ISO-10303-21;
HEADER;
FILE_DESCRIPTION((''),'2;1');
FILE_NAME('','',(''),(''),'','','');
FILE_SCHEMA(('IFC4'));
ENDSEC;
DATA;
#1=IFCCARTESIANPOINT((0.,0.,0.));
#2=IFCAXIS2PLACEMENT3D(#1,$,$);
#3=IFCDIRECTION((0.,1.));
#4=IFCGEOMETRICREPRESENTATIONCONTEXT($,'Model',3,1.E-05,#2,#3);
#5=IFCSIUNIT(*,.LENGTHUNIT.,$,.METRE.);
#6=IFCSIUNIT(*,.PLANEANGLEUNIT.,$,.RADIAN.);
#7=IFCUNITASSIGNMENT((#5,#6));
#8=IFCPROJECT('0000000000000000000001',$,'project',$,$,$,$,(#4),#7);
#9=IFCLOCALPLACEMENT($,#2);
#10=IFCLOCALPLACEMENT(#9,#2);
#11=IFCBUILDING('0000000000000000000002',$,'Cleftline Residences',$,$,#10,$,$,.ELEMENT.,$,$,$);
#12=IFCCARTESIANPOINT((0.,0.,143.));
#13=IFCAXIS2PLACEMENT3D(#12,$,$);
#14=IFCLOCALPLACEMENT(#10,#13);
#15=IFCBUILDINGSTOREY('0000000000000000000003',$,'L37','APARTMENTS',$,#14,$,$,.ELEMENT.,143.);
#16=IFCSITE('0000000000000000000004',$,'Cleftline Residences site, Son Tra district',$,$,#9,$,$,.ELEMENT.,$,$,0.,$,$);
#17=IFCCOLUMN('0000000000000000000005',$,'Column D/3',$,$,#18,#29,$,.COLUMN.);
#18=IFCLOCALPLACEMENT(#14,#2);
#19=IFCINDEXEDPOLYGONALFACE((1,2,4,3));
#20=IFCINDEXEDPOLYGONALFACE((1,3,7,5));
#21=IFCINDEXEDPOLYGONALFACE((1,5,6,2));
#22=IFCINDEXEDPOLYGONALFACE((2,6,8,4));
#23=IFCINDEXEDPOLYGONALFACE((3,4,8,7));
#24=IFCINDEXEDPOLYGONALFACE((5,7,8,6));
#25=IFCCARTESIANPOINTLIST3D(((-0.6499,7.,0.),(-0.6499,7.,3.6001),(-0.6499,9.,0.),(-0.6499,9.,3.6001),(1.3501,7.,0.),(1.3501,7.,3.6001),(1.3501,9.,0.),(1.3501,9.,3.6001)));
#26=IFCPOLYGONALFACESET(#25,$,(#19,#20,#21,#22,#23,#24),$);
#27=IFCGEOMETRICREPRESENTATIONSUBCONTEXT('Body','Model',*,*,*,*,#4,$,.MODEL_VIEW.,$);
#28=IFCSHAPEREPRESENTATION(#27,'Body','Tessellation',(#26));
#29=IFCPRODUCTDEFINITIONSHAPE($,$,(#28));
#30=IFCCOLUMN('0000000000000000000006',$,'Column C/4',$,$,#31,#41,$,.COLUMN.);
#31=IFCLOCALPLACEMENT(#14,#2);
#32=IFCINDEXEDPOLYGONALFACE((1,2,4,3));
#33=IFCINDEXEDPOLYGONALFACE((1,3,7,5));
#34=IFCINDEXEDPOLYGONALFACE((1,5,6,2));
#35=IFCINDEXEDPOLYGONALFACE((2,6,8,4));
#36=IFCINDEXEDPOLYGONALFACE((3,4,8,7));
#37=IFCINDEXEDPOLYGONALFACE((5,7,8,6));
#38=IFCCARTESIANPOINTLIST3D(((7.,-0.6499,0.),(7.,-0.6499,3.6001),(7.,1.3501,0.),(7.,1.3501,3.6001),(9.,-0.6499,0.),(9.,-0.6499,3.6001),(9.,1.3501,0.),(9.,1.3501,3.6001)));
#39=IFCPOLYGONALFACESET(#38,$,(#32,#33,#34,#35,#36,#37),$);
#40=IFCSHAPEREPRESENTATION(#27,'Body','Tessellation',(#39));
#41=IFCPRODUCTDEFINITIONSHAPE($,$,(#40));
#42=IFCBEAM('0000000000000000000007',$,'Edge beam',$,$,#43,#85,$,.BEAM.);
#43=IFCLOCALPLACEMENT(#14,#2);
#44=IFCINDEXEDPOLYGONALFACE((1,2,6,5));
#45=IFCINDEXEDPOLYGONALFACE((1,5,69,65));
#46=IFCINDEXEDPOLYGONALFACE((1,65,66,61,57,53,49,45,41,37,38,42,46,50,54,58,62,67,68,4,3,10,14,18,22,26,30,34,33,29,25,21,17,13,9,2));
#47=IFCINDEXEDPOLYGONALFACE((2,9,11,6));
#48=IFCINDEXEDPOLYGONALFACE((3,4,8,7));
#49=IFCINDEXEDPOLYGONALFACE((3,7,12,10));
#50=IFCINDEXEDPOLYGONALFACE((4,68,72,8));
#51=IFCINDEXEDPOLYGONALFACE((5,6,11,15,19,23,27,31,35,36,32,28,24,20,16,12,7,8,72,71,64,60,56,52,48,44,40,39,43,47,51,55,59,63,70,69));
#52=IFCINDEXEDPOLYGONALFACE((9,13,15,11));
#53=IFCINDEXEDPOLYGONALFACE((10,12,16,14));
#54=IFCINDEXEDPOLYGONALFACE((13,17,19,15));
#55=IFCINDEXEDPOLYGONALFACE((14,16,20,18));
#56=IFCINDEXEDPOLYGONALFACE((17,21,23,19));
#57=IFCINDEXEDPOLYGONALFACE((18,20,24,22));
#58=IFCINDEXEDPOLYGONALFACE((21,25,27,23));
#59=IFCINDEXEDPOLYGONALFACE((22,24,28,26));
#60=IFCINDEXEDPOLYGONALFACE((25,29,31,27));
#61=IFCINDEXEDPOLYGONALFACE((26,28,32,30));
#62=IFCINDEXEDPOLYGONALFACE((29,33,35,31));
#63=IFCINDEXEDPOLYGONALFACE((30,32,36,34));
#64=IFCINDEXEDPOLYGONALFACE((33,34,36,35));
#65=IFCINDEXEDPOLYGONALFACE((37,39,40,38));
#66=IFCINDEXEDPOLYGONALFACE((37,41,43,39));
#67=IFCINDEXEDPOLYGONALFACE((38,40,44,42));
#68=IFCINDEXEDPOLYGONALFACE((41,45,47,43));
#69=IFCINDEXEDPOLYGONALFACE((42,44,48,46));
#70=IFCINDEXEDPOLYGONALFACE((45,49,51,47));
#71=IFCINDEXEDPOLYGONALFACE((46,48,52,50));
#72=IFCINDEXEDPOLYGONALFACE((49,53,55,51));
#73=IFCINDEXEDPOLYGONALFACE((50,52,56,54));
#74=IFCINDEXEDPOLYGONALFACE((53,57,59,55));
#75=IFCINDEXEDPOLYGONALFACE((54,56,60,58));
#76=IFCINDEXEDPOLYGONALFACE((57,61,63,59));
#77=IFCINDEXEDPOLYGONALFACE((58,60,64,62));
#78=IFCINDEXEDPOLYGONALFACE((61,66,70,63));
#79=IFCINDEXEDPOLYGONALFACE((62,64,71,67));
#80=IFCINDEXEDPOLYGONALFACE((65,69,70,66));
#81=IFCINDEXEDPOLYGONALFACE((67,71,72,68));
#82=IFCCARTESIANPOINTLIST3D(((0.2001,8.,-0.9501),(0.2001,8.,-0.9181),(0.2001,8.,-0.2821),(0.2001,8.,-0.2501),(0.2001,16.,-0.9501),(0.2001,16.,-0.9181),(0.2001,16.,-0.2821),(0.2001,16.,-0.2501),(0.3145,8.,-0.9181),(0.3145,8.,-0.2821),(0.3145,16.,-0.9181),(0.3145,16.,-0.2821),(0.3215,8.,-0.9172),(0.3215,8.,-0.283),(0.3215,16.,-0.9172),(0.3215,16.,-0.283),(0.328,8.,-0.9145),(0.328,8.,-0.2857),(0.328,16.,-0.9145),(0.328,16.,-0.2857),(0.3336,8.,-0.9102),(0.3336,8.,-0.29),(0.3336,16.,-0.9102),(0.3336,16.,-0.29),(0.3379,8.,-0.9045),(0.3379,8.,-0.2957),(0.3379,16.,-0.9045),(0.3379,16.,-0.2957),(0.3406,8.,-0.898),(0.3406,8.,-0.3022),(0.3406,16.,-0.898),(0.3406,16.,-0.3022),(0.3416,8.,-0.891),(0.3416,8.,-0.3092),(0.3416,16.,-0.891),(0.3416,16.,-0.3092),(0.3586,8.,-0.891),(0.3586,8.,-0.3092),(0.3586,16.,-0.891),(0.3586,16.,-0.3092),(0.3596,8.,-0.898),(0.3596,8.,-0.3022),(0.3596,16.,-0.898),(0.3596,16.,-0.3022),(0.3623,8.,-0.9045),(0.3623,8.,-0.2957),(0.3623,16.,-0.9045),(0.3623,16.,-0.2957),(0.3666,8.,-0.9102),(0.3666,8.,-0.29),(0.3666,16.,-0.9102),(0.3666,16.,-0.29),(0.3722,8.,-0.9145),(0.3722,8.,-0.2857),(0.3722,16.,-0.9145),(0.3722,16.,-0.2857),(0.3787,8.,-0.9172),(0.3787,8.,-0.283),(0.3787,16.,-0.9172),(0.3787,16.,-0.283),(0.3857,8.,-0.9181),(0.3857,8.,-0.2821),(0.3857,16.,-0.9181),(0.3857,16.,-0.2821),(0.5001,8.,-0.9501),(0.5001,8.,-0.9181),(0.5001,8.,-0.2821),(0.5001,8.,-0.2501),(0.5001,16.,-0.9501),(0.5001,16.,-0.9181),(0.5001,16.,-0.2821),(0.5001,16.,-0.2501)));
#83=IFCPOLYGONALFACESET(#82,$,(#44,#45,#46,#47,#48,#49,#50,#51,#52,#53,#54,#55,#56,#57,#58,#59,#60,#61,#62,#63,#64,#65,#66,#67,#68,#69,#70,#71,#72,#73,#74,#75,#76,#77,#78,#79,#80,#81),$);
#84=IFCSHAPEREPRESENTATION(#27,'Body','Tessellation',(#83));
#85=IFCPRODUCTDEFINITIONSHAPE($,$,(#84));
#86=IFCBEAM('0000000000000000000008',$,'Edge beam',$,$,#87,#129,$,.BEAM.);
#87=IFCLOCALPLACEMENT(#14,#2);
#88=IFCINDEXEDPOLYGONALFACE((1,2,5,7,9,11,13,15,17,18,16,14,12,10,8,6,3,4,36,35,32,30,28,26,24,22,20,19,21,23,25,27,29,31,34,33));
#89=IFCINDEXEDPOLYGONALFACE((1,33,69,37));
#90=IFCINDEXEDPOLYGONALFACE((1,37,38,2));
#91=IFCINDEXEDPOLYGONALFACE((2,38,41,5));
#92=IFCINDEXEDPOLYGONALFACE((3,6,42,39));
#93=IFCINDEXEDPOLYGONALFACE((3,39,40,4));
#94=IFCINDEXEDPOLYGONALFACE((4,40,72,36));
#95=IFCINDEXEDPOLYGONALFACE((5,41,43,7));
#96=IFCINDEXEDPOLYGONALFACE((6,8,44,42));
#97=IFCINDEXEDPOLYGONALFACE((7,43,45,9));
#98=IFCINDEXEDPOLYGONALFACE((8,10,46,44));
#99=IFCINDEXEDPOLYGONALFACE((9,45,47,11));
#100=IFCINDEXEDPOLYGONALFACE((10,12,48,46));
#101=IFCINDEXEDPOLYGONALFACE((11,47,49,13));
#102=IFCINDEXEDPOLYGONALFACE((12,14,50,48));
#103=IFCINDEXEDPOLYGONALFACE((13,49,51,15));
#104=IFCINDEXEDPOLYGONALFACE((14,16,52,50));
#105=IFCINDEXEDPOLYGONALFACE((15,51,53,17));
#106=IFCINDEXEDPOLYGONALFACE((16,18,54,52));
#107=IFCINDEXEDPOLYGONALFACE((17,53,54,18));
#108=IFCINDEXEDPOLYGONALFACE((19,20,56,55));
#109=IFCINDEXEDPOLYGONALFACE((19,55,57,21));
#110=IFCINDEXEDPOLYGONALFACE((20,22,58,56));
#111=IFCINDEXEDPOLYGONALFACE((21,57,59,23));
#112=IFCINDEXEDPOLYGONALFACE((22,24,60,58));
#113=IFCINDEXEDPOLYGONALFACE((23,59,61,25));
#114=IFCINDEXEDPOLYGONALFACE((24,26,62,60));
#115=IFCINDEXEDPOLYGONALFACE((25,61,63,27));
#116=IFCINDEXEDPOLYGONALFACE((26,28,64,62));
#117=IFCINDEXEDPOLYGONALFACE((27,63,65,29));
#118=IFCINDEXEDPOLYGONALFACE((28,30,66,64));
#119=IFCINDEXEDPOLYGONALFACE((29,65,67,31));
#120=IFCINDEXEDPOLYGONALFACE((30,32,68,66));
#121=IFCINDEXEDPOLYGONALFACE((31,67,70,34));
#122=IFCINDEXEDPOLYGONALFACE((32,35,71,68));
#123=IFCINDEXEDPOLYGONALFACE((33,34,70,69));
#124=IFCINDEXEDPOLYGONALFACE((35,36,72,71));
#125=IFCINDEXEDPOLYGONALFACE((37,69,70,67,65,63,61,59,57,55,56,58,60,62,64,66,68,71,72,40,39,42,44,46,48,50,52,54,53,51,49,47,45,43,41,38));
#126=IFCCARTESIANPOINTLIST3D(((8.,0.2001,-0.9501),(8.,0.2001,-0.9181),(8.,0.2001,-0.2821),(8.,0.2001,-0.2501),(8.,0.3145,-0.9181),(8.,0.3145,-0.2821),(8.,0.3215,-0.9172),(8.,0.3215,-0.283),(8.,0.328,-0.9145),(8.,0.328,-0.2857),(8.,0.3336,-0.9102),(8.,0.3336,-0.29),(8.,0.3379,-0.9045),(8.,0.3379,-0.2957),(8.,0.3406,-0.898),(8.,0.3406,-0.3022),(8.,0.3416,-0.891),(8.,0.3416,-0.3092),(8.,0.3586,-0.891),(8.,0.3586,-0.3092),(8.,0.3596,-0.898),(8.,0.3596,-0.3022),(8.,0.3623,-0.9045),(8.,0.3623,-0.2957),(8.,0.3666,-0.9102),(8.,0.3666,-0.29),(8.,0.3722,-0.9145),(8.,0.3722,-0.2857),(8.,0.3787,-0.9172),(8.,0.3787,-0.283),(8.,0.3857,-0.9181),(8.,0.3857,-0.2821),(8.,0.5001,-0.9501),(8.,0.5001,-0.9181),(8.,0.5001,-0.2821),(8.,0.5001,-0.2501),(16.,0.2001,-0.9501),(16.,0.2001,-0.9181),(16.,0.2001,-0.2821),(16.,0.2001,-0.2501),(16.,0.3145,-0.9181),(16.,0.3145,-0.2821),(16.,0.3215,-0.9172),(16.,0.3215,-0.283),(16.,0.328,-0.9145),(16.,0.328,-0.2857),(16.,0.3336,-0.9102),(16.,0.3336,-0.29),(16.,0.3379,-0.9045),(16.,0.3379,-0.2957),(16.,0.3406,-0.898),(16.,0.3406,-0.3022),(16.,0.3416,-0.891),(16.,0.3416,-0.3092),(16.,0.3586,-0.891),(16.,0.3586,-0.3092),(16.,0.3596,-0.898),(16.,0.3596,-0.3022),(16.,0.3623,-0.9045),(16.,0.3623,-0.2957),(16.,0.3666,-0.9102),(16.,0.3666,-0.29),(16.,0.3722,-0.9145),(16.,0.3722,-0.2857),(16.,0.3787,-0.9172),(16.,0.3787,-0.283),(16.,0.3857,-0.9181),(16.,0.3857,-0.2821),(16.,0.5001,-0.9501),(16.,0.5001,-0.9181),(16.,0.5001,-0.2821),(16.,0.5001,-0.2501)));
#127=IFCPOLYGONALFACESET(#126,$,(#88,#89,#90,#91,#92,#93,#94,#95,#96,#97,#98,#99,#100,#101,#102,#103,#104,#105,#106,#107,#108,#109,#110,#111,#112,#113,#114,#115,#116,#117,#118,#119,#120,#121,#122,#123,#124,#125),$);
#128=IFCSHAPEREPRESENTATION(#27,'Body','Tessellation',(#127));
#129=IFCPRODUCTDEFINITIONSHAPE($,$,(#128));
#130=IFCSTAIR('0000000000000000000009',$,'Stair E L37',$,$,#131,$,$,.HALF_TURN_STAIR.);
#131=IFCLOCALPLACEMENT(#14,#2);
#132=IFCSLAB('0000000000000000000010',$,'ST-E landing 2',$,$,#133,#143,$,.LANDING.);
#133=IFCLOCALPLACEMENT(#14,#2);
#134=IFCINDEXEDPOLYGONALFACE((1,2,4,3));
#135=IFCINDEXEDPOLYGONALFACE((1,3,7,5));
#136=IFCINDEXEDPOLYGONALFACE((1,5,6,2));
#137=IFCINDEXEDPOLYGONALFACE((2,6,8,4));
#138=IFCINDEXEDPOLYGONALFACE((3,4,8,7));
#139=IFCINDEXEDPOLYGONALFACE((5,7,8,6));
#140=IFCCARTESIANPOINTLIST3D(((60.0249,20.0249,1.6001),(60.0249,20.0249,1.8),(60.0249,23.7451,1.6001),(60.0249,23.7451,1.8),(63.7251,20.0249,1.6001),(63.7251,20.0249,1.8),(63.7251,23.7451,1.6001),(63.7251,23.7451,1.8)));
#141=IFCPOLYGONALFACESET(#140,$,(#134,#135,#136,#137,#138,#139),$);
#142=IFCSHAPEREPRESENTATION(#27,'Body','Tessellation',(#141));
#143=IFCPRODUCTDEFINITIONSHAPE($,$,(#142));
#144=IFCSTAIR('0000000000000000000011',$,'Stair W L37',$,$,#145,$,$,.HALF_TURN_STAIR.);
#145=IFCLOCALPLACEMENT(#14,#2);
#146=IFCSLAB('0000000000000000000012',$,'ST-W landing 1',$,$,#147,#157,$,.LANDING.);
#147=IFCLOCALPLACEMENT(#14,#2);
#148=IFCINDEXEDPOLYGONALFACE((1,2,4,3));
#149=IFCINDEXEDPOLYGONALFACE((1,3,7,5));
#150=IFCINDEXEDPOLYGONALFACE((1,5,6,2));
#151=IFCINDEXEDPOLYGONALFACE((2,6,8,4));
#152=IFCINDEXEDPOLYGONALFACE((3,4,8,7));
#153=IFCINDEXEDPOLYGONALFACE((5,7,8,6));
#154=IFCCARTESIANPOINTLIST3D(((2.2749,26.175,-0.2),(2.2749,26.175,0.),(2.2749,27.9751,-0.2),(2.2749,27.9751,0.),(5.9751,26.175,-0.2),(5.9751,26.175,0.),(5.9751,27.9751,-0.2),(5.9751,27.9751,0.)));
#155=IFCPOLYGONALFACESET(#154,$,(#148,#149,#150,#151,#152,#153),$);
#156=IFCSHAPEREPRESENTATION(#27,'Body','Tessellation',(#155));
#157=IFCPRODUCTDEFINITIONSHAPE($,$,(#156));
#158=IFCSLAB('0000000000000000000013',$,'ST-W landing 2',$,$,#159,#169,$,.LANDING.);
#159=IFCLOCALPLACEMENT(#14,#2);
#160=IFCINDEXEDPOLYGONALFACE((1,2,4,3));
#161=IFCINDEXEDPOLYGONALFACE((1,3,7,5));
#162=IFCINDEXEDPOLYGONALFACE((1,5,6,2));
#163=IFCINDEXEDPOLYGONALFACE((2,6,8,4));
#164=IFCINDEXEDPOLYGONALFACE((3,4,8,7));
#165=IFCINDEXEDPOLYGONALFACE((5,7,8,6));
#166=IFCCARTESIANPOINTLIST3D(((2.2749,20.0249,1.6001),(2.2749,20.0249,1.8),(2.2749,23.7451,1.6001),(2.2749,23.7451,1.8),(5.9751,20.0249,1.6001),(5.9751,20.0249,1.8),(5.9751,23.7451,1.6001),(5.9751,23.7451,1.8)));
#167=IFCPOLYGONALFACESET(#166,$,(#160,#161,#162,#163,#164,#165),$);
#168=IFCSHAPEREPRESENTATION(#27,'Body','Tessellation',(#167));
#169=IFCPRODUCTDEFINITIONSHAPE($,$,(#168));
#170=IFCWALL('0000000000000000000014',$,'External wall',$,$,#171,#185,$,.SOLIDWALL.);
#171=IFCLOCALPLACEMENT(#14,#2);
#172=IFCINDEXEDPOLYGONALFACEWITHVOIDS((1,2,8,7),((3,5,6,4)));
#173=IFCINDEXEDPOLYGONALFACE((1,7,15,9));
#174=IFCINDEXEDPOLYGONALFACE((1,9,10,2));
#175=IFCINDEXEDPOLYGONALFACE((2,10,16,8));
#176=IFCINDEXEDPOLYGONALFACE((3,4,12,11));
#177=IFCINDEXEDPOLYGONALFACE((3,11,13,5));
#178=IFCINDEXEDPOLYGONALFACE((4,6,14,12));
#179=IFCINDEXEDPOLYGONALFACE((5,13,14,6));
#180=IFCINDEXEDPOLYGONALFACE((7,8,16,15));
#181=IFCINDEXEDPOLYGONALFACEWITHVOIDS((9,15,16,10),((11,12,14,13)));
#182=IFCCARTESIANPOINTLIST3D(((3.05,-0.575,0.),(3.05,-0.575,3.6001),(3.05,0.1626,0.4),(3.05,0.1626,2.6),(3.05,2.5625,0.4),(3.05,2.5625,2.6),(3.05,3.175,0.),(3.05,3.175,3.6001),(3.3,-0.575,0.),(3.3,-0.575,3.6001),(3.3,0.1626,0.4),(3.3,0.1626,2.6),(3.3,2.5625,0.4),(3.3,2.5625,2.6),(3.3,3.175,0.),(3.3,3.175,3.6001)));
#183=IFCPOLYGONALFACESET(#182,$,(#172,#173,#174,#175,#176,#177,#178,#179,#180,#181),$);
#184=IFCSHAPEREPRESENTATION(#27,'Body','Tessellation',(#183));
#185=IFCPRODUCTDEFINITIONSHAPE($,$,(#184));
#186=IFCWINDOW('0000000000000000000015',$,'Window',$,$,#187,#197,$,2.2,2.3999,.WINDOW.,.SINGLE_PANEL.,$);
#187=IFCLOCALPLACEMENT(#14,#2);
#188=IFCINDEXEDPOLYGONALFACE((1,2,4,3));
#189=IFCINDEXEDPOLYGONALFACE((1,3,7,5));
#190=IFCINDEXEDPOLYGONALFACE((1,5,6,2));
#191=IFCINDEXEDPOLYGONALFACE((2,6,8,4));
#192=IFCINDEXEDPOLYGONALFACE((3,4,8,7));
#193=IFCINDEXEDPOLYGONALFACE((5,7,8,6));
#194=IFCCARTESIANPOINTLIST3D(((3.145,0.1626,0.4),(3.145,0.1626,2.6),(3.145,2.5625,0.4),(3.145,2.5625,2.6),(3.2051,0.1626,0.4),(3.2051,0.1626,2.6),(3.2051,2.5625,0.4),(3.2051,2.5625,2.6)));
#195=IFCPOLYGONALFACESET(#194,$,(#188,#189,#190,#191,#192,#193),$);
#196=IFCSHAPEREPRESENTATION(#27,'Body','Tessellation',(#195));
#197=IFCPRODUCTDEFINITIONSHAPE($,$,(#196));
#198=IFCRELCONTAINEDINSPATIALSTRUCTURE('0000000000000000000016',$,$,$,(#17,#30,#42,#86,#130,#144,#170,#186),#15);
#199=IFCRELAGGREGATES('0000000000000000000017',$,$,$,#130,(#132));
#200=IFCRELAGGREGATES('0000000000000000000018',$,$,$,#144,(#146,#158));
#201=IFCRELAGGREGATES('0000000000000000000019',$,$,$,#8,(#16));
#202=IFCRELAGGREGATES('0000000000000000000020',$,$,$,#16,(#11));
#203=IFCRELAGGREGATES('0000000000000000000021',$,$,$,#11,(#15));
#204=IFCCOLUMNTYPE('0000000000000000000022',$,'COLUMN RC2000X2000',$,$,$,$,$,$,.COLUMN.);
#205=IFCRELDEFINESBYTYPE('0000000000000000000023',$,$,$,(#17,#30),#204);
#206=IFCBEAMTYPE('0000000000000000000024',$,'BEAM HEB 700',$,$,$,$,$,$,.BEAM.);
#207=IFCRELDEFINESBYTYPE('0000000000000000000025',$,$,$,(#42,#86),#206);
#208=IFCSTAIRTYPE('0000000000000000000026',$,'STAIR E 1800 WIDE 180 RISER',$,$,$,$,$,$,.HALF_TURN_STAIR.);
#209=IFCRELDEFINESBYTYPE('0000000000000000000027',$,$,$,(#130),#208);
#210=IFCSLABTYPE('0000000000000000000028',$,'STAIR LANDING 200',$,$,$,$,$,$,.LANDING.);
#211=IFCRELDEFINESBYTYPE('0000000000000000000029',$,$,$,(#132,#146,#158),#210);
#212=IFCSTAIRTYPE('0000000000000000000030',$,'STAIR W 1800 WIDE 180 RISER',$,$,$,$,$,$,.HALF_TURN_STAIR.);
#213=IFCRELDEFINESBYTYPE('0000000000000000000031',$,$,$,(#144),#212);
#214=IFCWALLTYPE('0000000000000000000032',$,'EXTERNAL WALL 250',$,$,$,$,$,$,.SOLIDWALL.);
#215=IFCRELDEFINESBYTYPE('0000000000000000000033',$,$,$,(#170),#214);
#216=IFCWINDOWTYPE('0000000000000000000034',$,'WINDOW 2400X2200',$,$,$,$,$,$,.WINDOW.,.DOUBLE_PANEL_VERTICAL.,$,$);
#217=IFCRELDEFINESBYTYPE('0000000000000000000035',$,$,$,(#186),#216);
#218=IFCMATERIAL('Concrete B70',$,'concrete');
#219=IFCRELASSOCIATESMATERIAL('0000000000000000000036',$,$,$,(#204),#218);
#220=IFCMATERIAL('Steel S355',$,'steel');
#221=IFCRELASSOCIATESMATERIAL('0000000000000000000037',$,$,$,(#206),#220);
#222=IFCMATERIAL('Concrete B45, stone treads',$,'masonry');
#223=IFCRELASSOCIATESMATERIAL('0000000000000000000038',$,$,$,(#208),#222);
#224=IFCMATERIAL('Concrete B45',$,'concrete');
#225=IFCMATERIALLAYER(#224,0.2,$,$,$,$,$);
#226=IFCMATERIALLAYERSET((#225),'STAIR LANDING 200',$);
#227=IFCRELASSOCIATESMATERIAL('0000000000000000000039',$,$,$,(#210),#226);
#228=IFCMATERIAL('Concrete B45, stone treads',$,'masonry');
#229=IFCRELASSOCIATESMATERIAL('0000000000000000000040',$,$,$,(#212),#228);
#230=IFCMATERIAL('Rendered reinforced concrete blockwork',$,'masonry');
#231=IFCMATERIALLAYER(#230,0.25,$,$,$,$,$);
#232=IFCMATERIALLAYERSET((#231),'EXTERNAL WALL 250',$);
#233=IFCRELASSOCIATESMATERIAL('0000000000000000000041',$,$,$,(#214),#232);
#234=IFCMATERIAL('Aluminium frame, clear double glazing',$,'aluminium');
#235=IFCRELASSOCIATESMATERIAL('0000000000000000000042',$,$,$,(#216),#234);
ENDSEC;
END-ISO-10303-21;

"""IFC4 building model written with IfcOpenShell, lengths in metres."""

from ifc_helpers import new_model, si_unit, direction, frame, frame_2d, origin, origin_2d, place, context, subcontext, project, spatial, polyline, rectangle, i_section, outline, extrude, material, layer, layer_set, material_profile, profile_set, type_object, element, fill, aggregate, save


model = new_model("IFC4")

# Units and contexts
model_context = context("Model", 3, precision=1e-05, world=origin(), true_north=direction((0.0, 1.0)))
body_context = subcontext(model_context, "Body", "Model", "MODEL_VIEW")
ifc_project = project(units=[si_unit("LENGTHUNIT", "METRE"), si_unit("PLANEANGLEUNIT", "RADIAN")], contexts=[model_context])

# Site, building, storey
site_placement = place(None, origin())
site = spatial("IfcSite", under=ifc_project, at=site_placement, Name="Cleftline Residences site, Son Tra district", CompositionType="ELEMENT", RefElevation=0.0)
building_placement = place(site_placement, origin())
building = spatial("IfcBuilding", under=site, at=building_placement, Name="Cleftline Residences", CompositionType="ELEMENT")
storey_placement = place(building_placement, frame((0.0, 0.0, 143.0)))
storey = spatial("IfcBuildingStorey", under=building, at=storey_placement, Name="L37", Description="APARTMENTS", CompositionType="ELEMENT", Elevation=143.0)

# Columns
ifc_material_1 = material(Name="Concrete B70", Category="concrete")
ifc_material_profile_1 = material_profile(ifc_material_1, rectangle(XDim=2.0, YDim=2.0, at=origin_2d()))
ifc_profile_set_1 = profile_set([ifc_material_profile_1], Name="Concrete B70")
column_type = type_object("IfcColumnType", Name="COLUMN RC2000X2000", PredefinedType="COLUMN", material=ifc_profile_set_1)
for number, where, z_axis, x_axis, name in (
    (1, (0.3501, 8.0, 0.0), (0.0, 0.0, 1.0), (1.0, 0.0, 0.0), "Column D/3"),
    (2, (8.0, 0.3501, 0.0), (0.0, 0.0, 1.0), (1.0, 0.0, 0.0), "Column C/4"),
):
    element("IfcColumn", number, at=place(storey_placement, frame(where, z_axis=z_axis, x_axis=x_axis)), inside=storey, type_object=column_type, Name=name, PredefinedType="COLUMN", context=body_context, shape_type="SweptSolid", body=[
        extrude(rectangle(XDim=2.0, YDim=2.0, at=origin_2d()), origin(), (0.0, 0.0, 1.0), 3.6001),
    ])

# Beams
ifc_material_2 = material(Name="Steel S355", Category="steel")
ifc_material_profile_2 = material_profile(ifc_material_2, i_section(OverallWidth=0.3, OverallDepth=0.7, WebThickness=0.0171, FlangeThickness=0.032, FilletRadius=0.0271, at=origin_2d()))
ifc_profile_set_2 = profile_set([ifc_material_profile_2], Name="Steel S355")
beam_type = type_object("IfcBeamType", Name="BEAM HEB 700", PredefinedType="BEAM", material=ifc_profile_set_2)
for number, where, z_axis, x_axis, name in (
    (3, (0.3501, 8.0, -0.6001), (0.0, 1.0, 0.0), (-1.0, 0.0, 0.0), "Edge beam"),
    (4, (8.0, 0.3501, -0.6001), (1.0, 0.0, 0.0), (0.0, 1.0, 0.0), "Edge beam"),
):
    element("IfcBeam", number, at=place(storey_placement, frame(where, z_axis=z_axis, x_axis=x_axis)), inside=storey, type_object=beam_type, Name=name, PredefinedType="BEAM", context=body_context, shape_type="SweptSolid", body=[
        extrude(i_section(OverallWidth=0.3, OverallDepth=0.7, WebThickness=0.0171, FlangeThickness=0.032, FilletRadius=0.0271, at=origin_2d()), origin(), (0.0, 0.0, 1.0), 8.0),
    ])

# Stair, slab
ifc_material_3 = material(Name="Concrete B45, stone treads", Category="masonry")
stair_type_1 = type_object("IfcStairType", Name="STAIR E 1800 WIDE 180 RISER", PredefinedType="HALF_TURN_STAIR", material=ifc_material_3)
stair_1_placement = place(storey_placement, origin())
stair_1 = element("IfcStair", 5, at=stair_1_placement, inside=storey, type_object=stair_type_1, Name="Stair E L37", PredefinedType="HALF_TURN_STAIR")
ifc_material_4 = material(Name="Concrete B45", Category="concrete")
ifc_layer_1 = layer(ifc_material_4, 0.2)
ifc_layer_set_1 = layer_set([ifc_layer_1], Name="STAIR LANDING 200")
slab_type = type_object("IfcSlabType", Name="STAIR LANDING 200", PredefinedType="LANDING", material=ifc_layer_set_1)
slab_1_placement = place(storey_placement, frame((0.0, 0.0, 1.6001)))
slab_1 = element("IfcSlab", 6, at=slab_1_placement, type_object=slab_type, Name="ST-E landing 2", PredefinedType="LANDING", context=body_context, shape_type="SweptSolid", body=[
    extrude(outline(polyline([(60.0249, 20.0249), (63.7251, 20.0249), (63.7251, 23.7451), (60.0249, 23.7451), (60.0249, 20.0249)])), origin(), (0.0, 0.0, 1.0), 0.2),
])
aggregate(stair_1, [slab_1])

# Stair, slabs
ifc_material_5 = material(Name="Concrete B45, stone treads", Category="masonry")
stair_type_2 = type_object("IfcStairType", Name="STAIR W 1800 WIDE 180 RISER", PredefinedType="HALF_TURN_STAIR", material=ifc_material_5)
stair_2_placement = place(storey_placement, origin())
stair_2 = element("IfcStair", 7, at=stair_2_placement, inside=storey, type_object=stair_type_2, Name="Stair W L37", PredefinedType="HALF_TURN_STAIR")
slab_2_placement = place(storey_placement, frame((0.0, 0.0, -0.2)))
slab_2 = element("IfcSlab", 8, at=slab_2_placement, type_object=slab_type, Name="ST-W landing 1", PredefinedType="LANDING", context=body_context, shape_type="SweptSolid", body=[
    extrude(outline(polyline([(2.2749, 26.175), (5.9751, 26.175), (5.9751, 27.9751), (2.2749, 27.9751), (2.2749, 26.175)])), origin(), (0.0, 0.0, 1.0), 0.2),
])
slab_3_placement = place(storey_placement, frame((0.0, 0.0, 1.6001)))
slab_3 = element("IfcSlab", 9, at=slab_3_placement, type_object=slab_type, Name="ST-W landing 2", PredefinedType="LANDING", context=body_context, shape_type="SweptSolid", body=[
    extrude(outline(polyline([(2.2749, 20.0249), (5.9751, 20.0249), (5.9751, 23.7451), (2.2749, 23.7451), (2.2749, 20.0249)])), origin(), (0.0, 0.0, 1.0), 0.2),
])
aggregate(stair_2, [slab_2, slab_3])

# Wall, opening, window
ifc_material_6 = material(Name="Rendered reinforced concrete blockwork", Category="masonry")
ifc_layer_2 = layer(ifc_material_6, 0.25)
ifc_layer_set_2 = layer_set([ifc_layer_2], Name="EXTERNAL WALL 250")
wall_type_1 = type_object("IfcWallType", Name="EXTERNAL WALL 250", PredefinedType="SOLIDWALL", material=ifc_layer_set_2)
wall_1_placement = place(storey_placement, frame((3.175, 3.175, 0.0), z_axis=(0.0, 0.0, 1.0), x_axis=(0.0, -1.0, 0.0)))
wall_1 = element("IfcWall", 10, at=wall_1_placement, inside=storey, type_object=wall_type_1, Name="External wall", PredefinedType="SOLIDWALL", context=body_context, shape_type="SweptSolid", body=[
    extrude(rectangle(XDim=3.75, YDim=0.25, at=frame_2d((1.875, 0.0))), origin(), (0.0, 0.0, 1.0), 3.6001),
])
opening_1_placement = place(wall_1_placement, frame((0.6125, 0.0, 0.3999)))
opening_1 = element("IfcOpeningElement", 11, at=opening_1_placement, cuts=wall_1, PredefinedType="OPENING", context=body_context, shape_type="SweptSolid", body=[
    extrude(rectangle(XDim=2.3999, YDim=2.2, at=frame_2d((1.2, 1.1001))), frame((0.0, 0.135, 0.0), z_axis=(0.0, -1.0, 0.0), x_axis=(1.0, 0.0, 0.0)), (0.0, 0.0, 1.0), 0.27),
])
ifc_material_7 = material(Name="Aluminium frame, clear double glazing", Category="aluminium")
window_type_1 = type_object("IfcWindowType", Name="WINDOW 2400X2200", PartitioningType="DOUBLE_PANEL_VERTICAL", PredefinedType="WINDOW", material=ifc_material_7)
window_1_placement = place(opening_1_placement, origin())
window_1 = element("IfcWindow", 12, at=window_1_placement, inside=storey, type_object=window_type_1, Name="Window", OverallHeight=2.2, OverallWidth=2.3999, PartitioningType="SINGLE_PANEL", PredefinedType="WINDOW", context=body_context, shape_type="SweptSolid", body=[
    extrude(rectangle(XDim=2.3999, YDim=2.2, at=frame_2d((1.2, 1.1001))), frame((0.0, 0.03, 0.0), z_axis=(0.0, -1.0, 0.0), x_axis=(1.0, 0.0, 0.0)), (0.0, 0.0, 1.0), 0.0601),
])
fill(opening_1, window_1)

save(model, "model.ifc")
